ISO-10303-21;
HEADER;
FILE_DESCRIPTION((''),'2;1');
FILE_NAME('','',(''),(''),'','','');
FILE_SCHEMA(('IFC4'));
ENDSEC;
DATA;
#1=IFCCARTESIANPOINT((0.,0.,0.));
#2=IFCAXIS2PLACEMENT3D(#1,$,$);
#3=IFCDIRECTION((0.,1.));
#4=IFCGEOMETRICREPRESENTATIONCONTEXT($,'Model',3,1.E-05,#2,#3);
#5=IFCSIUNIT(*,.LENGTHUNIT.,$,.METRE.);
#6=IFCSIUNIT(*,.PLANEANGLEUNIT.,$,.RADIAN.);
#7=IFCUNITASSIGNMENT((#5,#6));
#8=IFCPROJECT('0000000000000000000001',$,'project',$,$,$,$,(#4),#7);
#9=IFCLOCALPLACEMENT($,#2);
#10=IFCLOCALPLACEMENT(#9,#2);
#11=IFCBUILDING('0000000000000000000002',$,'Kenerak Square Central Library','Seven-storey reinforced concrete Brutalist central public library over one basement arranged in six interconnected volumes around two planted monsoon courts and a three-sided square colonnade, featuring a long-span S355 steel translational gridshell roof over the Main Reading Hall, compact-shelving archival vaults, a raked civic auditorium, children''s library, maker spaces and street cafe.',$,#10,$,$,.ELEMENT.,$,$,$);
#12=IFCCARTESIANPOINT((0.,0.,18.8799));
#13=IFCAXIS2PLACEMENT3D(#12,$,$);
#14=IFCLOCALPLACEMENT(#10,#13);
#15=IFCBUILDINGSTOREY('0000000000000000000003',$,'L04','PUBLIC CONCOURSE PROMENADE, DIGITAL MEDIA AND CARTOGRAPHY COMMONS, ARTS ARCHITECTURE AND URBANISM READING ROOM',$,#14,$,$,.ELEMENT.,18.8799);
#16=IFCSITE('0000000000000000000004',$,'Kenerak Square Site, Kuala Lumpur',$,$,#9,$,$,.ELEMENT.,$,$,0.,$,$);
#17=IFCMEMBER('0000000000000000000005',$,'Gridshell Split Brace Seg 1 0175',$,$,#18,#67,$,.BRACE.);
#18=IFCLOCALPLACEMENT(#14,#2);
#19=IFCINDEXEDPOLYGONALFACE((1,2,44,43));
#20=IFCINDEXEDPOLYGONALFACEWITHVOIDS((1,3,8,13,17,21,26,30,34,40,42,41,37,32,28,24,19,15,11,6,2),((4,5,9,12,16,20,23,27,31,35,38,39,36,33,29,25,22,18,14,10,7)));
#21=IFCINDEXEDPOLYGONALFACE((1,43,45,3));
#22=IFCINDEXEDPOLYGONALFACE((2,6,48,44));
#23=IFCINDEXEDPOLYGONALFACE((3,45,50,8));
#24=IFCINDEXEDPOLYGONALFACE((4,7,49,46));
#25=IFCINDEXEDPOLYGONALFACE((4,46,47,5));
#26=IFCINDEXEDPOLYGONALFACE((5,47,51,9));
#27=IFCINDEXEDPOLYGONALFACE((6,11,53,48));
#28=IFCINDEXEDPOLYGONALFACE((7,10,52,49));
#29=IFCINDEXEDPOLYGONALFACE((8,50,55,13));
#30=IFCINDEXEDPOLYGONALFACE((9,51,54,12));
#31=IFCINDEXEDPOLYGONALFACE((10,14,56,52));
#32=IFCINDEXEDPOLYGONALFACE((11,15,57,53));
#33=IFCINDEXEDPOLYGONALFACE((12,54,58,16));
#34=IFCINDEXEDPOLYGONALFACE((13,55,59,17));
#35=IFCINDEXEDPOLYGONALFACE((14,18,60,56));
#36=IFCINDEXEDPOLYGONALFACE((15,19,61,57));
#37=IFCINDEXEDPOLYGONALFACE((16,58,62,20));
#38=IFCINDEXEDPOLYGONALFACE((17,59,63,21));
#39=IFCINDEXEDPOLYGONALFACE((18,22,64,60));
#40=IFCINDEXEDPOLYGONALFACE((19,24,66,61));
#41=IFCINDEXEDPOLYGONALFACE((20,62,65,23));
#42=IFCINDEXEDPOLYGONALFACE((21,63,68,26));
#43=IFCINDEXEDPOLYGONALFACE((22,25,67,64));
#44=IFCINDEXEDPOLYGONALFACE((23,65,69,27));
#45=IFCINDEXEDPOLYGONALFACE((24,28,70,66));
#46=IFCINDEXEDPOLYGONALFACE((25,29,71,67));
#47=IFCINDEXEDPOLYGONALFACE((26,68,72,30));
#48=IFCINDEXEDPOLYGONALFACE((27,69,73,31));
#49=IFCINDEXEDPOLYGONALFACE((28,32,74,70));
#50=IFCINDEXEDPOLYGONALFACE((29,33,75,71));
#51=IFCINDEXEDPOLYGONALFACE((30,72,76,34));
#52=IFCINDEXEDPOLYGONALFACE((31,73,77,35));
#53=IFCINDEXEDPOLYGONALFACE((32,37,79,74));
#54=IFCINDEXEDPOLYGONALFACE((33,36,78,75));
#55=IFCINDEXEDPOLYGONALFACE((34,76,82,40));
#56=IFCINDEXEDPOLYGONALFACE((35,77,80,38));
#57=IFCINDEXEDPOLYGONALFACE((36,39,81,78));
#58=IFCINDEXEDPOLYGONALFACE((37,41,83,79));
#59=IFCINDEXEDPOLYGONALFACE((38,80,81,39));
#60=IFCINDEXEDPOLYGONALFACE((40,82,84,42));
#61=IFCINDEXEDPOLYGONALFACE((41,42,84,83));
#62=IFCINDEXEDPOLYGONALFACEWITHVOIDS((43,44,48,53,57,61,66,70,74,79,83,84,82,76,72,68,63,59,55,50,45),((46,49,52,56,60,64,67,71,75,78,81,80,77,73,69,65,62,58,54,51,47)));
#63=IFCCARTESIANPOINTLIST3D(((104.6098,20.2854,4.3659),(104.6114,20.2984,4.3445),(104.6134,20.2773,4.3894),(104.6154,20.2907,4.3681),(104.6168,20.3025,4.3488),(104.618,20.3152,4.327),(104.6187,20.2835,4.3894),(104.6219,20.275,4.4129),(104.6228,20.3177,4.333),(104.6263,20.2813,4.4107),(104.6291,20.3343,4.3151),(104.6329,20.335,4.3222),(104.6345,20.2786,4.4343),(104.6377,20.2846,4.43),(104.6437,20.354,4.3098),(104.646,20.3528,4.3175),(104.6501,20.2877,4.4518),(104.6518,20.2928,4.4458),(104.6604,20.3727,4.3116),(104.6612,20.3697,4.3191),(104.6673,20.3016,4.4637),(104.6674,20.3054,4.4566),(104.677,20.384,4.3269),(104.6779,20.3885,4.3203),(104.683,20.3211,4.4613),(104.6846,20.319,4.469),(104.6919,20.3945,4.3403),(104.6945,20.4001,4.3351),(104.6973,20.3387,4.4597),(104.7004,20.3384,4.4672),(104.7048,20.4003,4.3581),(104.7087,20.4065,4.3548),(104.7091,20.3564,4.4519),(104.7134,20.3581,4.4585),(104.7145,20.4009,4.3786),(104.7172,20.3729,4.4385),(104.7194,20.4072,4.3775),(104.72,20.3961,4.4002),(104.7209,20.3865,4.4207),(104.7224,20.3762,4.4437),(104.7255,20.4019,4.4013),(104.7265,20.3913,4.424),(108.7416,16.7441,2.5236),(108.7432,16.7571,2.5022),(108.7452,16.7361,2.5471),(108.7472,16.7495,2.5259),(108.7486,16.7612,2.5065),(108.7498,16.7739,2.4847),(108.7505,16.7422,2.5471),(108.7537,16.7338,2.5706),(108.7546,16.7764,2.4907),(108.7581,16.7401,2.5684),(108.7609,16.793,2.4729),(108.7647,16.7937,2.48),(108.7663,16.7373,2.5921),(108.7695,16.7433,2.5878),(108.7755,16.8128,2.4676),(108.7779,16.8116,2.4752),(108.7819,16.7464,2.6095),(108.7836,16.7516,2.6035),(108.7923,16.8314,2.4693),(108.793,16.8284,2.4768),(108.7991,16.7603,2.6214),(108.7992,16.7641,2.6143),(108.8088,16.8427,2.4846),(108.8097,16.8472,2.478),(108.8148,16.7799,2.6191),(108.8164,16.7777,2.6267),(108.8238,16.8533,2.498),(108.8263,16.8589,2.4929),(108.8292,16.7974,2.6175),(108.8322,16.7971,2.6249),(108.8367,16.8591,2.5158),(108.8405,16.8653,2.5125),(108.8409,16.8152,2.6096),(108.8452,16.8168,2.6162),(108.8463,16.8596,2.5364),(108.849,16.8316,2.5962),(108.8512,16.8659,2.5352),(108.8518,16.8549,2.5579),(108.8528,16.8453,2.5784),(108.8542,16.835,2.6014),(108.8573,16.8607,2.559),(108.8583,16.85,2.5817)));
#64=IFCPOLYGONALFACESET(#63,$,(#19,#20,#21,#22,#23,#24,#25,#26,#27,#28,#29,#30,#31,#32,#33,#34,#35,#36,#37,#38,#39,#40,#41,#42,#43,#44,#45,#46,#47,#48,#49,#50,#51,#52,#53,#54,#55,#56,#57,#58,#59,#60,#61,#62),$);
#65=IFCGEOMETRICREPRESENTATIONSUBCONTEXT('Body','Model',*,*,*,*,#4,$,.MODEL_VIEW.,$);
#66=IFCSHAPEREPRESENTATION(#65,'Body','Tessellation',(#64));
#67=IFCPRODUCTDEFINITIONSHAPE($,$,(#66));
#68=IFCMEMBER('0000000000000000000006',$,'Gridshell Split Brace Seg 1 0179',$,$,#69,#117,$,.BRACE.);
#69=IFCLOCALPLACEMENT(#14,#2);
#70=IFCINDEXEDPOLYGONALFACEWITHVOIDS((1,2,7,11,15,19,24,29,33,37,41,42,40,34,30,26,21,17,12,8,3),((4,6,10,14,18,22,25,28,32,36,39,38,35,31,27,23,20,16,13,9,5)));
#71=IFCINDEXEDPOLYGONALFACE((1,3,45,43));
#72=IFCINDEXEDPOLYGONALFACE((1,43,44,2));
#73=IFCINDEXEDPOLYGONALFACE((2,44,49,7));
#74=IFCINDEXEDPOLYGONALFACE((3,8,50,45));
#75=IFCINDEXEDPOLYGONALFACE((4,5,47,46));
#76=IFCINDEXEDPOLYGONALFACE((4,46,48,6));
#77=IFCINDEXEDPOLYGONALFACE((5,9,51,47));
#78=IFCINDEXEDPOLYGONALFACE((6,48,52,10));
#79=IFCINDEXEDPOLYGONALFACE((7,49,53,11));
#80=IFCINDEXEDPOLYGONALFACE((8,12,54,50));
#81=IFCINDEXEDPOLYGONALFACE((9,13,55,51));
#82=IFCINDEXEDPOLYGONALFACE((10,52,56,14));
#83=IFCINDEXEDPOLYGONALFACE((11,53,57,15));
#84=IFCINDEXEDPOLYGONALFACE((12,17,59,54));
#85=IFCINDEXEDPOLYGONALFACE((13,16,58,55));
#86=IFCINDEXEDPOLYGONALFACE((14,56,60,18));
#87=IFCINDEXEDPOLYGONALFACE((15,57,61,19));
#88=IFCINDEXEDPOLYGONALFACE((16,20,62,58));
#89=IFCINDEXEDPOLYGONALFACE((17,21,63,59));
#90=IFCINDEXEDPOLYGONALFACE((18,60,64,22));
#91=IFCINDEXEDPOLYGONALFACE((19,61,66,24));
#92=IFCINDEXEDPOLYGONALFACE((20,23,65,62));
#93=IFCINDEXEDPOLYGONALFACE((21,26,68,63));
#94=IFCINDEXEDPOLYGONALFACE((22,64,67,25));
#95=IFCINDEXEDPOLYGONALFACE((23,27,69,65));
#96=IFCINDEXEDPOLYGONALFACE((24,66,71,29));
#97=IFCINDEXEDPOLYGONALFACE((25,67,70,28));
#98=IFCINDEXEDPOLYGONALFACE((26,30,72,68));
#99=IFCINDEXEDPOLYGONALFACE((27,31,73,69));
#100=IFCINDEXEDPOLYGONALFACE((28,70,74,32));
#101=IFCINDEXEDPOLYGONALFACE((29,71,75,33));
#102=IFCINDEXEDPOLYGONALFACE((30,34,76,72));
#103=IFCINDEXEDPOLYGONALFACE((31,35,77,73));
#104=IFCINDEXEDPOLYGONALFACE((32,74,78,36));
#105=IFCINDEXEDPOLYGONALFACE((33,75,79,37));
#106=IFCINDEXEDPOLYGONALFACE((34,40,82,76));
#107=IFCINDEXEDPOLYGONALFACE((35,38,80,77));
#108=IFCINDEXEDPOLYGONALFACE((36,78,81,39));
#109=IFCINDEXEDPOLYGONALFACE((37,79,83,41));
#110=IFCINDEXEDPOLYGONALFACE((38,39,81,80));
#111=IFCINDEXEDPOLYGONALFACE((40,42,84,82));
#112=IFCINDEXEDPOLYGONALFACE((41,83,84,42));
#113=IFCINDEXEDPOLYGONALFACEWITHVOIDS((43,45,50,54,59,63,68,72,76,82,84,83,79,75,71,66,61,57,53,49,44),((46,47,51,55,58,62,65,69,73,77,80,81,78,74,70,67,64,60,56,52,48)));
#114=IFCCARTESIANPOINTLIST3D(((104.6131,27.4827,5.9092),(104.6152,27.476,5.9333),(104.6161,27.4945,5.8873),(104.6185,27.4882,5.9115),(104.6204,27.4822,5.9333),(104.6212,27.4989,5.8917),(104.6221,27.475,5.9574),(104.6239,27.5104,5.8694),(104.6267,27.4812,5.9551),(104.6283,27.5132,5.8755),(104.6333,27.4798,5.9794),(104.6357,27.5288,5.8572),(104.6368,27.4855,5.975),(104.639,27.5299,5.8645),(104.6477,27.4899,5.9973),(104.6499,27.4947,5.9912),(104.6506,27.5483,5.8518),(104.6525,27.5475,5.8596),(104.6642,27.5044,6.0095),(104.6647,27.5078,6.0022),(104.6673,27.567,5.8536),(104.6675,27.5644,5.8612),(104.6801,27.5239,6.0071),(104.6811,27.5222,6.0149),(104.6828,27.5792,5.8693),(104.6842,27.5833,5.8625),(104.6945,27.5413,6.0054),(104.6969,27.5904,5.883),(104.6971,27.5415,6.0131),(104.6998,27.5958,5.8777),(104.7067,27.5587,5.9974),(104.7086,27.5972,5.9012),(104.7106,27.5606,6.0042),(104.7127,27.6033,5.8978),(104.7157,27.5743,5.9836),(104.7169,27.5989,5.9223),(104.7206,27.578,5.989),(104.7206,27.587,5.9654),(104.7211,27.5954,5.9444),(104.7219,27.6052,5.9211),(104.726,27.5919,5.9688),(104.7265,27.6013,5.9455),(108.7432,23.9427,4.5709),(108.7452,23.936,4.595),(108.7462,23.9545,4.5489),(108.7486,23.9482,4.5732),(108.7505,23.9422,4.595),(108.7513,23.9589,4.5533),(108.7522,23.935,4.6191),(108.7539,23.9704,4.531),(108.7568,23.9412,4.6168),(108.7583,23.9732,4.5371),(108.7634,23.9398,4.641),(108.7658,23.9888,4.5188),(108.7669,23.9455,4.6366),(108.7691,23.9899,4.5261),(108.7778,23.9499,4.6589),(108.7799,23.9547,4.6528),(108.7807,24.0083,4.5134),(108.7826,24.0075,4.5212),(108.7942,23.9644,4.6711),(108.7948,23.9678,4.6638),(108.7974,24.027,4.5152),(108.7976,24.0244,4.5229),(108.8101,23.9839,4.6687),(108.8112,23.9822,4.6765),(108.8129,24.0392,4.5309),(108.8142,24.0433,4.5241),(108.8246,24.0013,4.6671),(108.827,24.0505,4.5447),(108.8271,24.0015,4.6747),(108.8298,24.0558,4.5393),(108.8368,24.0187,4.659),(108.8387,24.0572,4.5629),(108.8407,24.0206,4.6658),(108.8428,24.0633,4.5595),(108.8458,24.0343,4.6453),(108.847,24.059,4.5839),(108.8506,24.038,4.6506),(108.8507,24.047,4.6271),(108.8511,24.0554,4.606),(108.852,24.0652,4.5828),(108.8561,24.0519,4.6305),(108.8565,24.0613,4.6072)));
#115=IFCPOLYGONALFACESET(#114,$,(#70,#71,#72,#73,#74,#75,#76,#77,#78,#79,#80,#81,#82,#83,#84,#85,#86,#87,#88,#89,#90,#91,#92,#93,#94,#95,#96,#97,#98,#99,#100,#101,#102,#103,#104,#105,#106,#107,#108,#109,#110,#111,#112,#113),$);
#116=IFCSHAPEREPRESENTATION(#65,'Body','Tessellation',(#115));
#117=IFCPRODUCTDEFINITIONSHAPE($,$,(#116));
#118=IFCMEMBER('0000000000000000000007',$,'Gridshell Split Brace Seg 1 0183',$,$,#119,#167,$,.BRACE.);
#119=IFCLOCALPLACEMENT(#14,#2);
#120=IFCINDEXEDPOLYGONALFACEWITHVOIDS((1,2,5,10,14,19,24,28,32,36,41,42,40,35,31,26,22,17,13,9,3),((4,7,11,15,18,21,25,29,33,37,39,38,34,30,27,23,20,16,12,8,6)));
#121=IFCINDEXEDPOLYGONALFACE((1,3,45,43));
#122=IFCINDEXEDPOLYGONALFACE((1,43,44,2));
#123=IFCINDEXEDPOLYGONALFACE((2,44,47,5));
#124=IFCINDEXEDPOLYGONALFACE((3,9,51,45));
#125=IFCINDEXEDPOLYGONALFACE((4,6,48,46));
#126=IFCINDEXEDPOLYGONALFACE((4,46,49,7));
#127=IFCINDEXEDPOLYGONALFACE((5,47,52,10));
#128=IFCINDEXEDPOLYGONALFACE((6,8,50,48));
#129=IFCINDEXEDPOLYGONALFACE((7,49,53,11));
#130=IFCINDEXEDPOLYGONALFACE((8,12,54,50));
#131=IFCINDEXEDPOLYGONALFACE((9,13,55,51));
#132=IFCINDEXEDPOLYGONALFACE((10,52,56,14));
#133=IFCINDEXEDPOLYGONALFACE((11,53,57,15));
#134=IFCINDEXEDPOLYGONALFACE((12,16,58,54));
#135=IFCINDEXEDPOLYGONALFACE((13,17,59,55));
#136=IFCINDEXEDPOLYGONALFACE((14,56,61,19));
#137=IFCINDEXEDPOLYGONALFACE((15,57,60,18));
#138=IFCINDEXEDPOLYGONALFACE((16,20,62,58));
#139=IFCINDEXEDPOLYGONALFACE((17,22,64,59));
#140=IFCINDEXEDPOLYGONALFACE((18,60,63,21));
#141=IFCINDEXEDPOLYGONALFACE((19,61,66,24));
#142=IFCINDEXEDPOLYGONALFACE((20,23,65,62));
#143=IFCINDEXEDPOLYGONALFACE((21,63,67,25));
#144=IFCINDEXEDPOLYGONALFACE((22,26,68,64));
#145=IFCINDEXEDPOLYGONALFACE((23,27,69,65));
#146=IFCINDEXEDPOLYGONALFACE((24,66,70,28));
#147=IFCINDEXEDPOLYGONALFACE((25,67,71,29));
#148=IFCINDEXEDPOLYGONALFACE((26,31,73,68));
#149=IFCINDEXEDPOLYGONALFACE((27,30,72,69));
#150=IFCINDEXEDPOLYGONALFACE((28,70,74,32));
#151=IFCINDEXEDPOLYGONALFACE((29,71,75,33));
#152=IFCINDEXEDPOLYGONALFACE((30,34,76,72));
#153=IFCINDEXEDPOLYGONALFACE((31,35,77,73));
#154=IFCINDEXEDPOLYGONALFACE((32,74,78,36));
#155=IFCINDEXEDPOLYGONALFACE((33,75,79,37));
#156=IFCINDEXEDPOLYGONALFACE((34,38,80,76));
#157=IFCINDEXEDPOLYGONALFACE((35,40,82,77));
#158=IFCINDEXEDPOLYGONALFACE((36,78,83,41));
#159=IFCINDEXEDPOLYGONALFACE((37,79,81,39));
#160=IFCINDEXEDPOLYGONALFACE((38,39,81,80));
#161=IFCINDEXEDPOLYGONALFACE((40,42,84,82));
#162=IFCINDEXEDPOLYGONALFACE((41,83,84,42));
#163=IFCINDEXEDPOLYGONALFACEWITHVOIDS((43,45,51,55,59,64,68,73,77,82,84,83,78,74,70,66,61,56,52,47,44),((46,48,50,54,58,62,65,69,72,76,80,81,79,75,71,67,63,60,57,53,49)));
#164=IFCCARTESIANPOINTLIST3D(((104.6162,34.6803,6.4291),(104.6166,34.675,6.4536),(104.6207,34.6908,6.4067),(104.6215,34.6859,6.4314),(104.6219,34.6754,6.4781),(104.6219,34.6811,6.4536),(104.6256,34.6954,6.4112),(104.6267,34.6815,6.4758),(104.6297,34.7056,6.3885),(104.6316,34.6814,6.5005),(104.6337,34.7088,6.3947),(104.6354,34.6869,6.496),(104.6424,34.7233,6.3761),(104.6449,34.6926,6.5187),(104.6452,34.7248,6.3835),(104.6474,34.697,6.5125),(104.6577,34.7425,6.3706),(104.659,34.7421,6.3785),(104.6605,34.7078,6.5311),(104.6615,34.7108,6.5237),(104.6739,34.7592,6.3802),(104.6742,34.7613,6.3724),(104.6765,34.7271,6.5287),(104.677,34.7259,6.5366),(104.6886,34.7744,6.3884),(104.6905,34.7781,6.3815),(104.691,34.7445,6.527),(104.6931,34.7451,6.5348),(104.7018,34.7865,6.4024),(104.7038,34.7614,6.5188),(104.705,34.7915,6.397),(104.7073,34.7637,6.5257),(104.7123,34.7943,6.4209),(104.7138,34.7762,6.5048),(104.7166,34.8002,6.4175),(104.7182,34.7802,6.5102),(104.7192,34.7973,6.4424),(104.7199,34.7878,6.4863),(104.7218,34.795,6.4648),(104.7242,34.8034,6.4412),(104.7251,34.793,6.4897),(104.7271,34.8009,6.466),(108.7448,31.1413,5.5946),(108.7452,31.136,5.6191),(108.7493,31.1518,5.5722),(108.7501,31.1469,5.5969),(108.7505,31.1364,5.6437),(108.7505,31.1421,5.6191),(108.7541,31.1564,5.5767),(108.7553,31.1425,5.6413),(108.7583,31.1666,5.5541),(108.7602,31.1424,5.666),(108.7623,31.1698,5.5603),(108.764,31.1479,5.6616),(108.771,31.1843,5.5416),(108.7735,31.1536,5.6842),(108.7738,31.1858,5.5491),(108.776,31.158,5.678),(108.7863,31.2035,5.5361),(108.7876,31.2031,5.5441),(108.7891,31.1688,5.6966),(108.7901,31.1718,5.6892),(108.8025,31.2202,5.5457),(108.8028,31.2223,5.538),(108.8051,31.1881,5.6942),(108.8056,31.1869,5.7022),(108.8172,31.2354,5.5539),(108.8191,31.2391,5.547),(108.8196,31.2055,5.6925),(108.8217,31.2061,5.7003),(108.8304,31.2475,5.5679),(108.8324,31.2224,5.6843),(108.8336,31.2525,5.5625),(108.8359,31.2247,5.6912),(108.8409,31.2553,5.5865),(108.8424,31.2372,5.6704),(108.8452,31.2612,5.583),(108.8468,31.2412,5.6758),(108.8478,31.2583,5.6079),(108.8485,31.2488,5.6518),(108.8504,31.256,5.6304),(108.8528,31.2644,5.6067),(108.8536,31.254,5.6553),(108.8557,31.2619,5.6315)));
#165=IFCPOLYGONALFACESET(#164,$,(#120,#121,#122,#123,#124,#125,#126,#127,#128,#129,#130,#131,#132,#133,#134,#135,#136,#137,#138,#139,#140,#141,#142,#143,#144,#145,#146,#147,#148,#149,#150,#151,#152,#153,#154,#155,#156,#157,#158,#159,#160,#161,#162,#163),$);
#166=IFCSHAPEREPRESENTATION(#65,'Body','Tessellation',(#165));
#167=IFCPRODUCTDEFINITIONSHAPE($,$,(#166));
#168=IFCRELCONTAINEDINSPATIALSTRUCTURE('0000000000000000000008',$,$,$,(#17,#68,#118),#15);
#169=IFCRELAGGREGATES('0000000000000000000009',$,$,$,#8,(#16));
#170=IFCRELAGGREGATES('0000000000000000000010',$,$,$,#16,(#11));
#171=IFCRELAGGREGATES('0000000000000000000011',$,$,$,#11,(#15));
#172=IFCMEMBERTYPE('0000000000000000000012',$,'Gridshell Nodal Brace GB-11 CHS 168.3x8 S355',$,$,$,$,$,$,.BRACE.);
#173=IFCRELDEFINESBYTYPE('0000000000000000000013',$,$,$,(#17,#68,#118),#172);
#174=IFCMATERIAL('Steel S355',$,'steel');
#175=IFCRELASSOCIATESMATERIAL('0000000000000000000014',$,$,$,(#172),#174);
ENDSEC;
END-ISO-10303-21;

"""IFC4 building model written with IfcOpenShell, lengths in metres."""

from ifc_helpers import new_model, si_unit, direction, frame, origin, origin_2d, place, context, subcontext, project, spatial, hollow_circle, extrude, material, material_profile, profile_set, type_object, element, save


model = new_model("IFC4")

# Units and contexts
model_context = context("Model", 3, precision=1e-05, world=origin(), true_north=direction((0.0, 1.0)))
body_context = subcontext(model_context, "Body", "Model", "MODEL_VIEW")
ifc_project = project(units=[si_unit("LENGTHUNIT", "METRE"), si_unit("PLANEANGLEUNIT", "RADIAN")], contexts=[model_context])

# Site, building, storey
site_placement = place(None, origin())
site = spatial("IfcSite", under=ifc_project, at=site_placement, Name="Kenerak Square Site, Kuala Lumpur", CompositionType="ELEMENT", RefElevation=0.0)
building_placement = place(site_placement, origin())
building = spatial("IfcBuilding", under=site, at=building_placement, Name="Kenerak Square Central Library", Description="Seven-storey reinforced concrete Brutalist central public library over one basement arranged in six interconnected volumes around two planted monsoon courts and a three-sided square colonnade, featuring a long-span S355 steel translational gridshell roof over the Main Reading Hall, compact-shelving archival vaults, a raked civic auditorium, children's library, maker spaces and street cafe.", CompositionType="ELEMENT")
storey_placement = place(building_placement, frame((0.0, 0.0, 18.8799)))
storey = spatial("IfcBuildingStorey", under=building, at=storey_placement, Name="L04", Description="PUBLIC CONCOURSE PROMENADE, DIGITAL MEDIA AND CARTOGRAPHY COMMONS, ARTS ARCHITECTURE AND URBANISM READING ROOM", CompositionType="ELEMENT", Elevation=18.8799)

# Members
ifc_material = material(Name="Steel S355", Category="steel")
ifc_material_profile_1 = material_profile(ifc_material, hollow_circle(Radius=0.0842, WallThickness=0.0081, at=origin_2d()), Name="CHS 168.3x8.0")
ifc_profile_set_1 = profile_set([ifc_material_profile_1], Name="Steel S355")
member_type_1 = type_object("IfcMemberType", Name="Gridshell Nodal Brace GB-11 CHS 168.3x8 S355", PredefinedType="BRACE", material=ifc_profile_set_1)
member_1_placement = place(storey_placement, frame((108.8, 16.8, 2.5471), z_axis=(-0.719188, 0.616393, 0.320669), x_axis=(-0.650758, -0.759285, 0.0)))
element("IfcMember", 1, at=member_1_placement, inside=storey, type_object=member_type_1, Name="Gridshell Split Brace Seg 1 0175", PredefinedType="BRACE", context=body_context, shape_type="SweptSolid", body=[
    extrude(hollow_circle(Radius=0.0842, WallThickness=0.0081, at=origin_2d()), origin(), (0.0, 0.0, 1.0), 5.7451),
])
member_2_placement = place(storey_placement, frame((108.8, 24.0, 4.595), z_axis=(-0.737275, 0.631937, 0.238916), x_axis=(-0.650784, -0.759263, 0.0)))
element("IfcMember", 2, at=member_2_placement, inside=storey, type_object=member_type_1, Name="Gridshell Split Brace Seg 1 0179", PredefinedType="BRACE", context=body_context, shape_type="SweptSolid", body=[
    extrude(hollow_circle(Radius=0.0842, WallThickness=0.0081, at=origin_2d()), origin(), (0.0, 0.0, 1.0), 5.6018),
])
member_3_placement = place(storey_placement, frame((108.8, 31.2, 5.6191), z_axis=(-0.750453, 0.643283, 0.151679), x_axis=(-0.650814, -0.759238, 0.0)))
element("IfcMember", 3, at=member_3_placement, inside=storey, type_object=member_type_1, Name="Gridshell Split Brace Seg 1 0183", PredefinedType="BRACE", context=body_context, shape_type="SweptSolid", body=[
    extrude(hollow_circle(Radius=0.0842, WallThickness=0.0081, at=origin_2d()), origin(), (0.0, 0.0, 1.0), 5.5015),
])

save(model, "model.ifc")
